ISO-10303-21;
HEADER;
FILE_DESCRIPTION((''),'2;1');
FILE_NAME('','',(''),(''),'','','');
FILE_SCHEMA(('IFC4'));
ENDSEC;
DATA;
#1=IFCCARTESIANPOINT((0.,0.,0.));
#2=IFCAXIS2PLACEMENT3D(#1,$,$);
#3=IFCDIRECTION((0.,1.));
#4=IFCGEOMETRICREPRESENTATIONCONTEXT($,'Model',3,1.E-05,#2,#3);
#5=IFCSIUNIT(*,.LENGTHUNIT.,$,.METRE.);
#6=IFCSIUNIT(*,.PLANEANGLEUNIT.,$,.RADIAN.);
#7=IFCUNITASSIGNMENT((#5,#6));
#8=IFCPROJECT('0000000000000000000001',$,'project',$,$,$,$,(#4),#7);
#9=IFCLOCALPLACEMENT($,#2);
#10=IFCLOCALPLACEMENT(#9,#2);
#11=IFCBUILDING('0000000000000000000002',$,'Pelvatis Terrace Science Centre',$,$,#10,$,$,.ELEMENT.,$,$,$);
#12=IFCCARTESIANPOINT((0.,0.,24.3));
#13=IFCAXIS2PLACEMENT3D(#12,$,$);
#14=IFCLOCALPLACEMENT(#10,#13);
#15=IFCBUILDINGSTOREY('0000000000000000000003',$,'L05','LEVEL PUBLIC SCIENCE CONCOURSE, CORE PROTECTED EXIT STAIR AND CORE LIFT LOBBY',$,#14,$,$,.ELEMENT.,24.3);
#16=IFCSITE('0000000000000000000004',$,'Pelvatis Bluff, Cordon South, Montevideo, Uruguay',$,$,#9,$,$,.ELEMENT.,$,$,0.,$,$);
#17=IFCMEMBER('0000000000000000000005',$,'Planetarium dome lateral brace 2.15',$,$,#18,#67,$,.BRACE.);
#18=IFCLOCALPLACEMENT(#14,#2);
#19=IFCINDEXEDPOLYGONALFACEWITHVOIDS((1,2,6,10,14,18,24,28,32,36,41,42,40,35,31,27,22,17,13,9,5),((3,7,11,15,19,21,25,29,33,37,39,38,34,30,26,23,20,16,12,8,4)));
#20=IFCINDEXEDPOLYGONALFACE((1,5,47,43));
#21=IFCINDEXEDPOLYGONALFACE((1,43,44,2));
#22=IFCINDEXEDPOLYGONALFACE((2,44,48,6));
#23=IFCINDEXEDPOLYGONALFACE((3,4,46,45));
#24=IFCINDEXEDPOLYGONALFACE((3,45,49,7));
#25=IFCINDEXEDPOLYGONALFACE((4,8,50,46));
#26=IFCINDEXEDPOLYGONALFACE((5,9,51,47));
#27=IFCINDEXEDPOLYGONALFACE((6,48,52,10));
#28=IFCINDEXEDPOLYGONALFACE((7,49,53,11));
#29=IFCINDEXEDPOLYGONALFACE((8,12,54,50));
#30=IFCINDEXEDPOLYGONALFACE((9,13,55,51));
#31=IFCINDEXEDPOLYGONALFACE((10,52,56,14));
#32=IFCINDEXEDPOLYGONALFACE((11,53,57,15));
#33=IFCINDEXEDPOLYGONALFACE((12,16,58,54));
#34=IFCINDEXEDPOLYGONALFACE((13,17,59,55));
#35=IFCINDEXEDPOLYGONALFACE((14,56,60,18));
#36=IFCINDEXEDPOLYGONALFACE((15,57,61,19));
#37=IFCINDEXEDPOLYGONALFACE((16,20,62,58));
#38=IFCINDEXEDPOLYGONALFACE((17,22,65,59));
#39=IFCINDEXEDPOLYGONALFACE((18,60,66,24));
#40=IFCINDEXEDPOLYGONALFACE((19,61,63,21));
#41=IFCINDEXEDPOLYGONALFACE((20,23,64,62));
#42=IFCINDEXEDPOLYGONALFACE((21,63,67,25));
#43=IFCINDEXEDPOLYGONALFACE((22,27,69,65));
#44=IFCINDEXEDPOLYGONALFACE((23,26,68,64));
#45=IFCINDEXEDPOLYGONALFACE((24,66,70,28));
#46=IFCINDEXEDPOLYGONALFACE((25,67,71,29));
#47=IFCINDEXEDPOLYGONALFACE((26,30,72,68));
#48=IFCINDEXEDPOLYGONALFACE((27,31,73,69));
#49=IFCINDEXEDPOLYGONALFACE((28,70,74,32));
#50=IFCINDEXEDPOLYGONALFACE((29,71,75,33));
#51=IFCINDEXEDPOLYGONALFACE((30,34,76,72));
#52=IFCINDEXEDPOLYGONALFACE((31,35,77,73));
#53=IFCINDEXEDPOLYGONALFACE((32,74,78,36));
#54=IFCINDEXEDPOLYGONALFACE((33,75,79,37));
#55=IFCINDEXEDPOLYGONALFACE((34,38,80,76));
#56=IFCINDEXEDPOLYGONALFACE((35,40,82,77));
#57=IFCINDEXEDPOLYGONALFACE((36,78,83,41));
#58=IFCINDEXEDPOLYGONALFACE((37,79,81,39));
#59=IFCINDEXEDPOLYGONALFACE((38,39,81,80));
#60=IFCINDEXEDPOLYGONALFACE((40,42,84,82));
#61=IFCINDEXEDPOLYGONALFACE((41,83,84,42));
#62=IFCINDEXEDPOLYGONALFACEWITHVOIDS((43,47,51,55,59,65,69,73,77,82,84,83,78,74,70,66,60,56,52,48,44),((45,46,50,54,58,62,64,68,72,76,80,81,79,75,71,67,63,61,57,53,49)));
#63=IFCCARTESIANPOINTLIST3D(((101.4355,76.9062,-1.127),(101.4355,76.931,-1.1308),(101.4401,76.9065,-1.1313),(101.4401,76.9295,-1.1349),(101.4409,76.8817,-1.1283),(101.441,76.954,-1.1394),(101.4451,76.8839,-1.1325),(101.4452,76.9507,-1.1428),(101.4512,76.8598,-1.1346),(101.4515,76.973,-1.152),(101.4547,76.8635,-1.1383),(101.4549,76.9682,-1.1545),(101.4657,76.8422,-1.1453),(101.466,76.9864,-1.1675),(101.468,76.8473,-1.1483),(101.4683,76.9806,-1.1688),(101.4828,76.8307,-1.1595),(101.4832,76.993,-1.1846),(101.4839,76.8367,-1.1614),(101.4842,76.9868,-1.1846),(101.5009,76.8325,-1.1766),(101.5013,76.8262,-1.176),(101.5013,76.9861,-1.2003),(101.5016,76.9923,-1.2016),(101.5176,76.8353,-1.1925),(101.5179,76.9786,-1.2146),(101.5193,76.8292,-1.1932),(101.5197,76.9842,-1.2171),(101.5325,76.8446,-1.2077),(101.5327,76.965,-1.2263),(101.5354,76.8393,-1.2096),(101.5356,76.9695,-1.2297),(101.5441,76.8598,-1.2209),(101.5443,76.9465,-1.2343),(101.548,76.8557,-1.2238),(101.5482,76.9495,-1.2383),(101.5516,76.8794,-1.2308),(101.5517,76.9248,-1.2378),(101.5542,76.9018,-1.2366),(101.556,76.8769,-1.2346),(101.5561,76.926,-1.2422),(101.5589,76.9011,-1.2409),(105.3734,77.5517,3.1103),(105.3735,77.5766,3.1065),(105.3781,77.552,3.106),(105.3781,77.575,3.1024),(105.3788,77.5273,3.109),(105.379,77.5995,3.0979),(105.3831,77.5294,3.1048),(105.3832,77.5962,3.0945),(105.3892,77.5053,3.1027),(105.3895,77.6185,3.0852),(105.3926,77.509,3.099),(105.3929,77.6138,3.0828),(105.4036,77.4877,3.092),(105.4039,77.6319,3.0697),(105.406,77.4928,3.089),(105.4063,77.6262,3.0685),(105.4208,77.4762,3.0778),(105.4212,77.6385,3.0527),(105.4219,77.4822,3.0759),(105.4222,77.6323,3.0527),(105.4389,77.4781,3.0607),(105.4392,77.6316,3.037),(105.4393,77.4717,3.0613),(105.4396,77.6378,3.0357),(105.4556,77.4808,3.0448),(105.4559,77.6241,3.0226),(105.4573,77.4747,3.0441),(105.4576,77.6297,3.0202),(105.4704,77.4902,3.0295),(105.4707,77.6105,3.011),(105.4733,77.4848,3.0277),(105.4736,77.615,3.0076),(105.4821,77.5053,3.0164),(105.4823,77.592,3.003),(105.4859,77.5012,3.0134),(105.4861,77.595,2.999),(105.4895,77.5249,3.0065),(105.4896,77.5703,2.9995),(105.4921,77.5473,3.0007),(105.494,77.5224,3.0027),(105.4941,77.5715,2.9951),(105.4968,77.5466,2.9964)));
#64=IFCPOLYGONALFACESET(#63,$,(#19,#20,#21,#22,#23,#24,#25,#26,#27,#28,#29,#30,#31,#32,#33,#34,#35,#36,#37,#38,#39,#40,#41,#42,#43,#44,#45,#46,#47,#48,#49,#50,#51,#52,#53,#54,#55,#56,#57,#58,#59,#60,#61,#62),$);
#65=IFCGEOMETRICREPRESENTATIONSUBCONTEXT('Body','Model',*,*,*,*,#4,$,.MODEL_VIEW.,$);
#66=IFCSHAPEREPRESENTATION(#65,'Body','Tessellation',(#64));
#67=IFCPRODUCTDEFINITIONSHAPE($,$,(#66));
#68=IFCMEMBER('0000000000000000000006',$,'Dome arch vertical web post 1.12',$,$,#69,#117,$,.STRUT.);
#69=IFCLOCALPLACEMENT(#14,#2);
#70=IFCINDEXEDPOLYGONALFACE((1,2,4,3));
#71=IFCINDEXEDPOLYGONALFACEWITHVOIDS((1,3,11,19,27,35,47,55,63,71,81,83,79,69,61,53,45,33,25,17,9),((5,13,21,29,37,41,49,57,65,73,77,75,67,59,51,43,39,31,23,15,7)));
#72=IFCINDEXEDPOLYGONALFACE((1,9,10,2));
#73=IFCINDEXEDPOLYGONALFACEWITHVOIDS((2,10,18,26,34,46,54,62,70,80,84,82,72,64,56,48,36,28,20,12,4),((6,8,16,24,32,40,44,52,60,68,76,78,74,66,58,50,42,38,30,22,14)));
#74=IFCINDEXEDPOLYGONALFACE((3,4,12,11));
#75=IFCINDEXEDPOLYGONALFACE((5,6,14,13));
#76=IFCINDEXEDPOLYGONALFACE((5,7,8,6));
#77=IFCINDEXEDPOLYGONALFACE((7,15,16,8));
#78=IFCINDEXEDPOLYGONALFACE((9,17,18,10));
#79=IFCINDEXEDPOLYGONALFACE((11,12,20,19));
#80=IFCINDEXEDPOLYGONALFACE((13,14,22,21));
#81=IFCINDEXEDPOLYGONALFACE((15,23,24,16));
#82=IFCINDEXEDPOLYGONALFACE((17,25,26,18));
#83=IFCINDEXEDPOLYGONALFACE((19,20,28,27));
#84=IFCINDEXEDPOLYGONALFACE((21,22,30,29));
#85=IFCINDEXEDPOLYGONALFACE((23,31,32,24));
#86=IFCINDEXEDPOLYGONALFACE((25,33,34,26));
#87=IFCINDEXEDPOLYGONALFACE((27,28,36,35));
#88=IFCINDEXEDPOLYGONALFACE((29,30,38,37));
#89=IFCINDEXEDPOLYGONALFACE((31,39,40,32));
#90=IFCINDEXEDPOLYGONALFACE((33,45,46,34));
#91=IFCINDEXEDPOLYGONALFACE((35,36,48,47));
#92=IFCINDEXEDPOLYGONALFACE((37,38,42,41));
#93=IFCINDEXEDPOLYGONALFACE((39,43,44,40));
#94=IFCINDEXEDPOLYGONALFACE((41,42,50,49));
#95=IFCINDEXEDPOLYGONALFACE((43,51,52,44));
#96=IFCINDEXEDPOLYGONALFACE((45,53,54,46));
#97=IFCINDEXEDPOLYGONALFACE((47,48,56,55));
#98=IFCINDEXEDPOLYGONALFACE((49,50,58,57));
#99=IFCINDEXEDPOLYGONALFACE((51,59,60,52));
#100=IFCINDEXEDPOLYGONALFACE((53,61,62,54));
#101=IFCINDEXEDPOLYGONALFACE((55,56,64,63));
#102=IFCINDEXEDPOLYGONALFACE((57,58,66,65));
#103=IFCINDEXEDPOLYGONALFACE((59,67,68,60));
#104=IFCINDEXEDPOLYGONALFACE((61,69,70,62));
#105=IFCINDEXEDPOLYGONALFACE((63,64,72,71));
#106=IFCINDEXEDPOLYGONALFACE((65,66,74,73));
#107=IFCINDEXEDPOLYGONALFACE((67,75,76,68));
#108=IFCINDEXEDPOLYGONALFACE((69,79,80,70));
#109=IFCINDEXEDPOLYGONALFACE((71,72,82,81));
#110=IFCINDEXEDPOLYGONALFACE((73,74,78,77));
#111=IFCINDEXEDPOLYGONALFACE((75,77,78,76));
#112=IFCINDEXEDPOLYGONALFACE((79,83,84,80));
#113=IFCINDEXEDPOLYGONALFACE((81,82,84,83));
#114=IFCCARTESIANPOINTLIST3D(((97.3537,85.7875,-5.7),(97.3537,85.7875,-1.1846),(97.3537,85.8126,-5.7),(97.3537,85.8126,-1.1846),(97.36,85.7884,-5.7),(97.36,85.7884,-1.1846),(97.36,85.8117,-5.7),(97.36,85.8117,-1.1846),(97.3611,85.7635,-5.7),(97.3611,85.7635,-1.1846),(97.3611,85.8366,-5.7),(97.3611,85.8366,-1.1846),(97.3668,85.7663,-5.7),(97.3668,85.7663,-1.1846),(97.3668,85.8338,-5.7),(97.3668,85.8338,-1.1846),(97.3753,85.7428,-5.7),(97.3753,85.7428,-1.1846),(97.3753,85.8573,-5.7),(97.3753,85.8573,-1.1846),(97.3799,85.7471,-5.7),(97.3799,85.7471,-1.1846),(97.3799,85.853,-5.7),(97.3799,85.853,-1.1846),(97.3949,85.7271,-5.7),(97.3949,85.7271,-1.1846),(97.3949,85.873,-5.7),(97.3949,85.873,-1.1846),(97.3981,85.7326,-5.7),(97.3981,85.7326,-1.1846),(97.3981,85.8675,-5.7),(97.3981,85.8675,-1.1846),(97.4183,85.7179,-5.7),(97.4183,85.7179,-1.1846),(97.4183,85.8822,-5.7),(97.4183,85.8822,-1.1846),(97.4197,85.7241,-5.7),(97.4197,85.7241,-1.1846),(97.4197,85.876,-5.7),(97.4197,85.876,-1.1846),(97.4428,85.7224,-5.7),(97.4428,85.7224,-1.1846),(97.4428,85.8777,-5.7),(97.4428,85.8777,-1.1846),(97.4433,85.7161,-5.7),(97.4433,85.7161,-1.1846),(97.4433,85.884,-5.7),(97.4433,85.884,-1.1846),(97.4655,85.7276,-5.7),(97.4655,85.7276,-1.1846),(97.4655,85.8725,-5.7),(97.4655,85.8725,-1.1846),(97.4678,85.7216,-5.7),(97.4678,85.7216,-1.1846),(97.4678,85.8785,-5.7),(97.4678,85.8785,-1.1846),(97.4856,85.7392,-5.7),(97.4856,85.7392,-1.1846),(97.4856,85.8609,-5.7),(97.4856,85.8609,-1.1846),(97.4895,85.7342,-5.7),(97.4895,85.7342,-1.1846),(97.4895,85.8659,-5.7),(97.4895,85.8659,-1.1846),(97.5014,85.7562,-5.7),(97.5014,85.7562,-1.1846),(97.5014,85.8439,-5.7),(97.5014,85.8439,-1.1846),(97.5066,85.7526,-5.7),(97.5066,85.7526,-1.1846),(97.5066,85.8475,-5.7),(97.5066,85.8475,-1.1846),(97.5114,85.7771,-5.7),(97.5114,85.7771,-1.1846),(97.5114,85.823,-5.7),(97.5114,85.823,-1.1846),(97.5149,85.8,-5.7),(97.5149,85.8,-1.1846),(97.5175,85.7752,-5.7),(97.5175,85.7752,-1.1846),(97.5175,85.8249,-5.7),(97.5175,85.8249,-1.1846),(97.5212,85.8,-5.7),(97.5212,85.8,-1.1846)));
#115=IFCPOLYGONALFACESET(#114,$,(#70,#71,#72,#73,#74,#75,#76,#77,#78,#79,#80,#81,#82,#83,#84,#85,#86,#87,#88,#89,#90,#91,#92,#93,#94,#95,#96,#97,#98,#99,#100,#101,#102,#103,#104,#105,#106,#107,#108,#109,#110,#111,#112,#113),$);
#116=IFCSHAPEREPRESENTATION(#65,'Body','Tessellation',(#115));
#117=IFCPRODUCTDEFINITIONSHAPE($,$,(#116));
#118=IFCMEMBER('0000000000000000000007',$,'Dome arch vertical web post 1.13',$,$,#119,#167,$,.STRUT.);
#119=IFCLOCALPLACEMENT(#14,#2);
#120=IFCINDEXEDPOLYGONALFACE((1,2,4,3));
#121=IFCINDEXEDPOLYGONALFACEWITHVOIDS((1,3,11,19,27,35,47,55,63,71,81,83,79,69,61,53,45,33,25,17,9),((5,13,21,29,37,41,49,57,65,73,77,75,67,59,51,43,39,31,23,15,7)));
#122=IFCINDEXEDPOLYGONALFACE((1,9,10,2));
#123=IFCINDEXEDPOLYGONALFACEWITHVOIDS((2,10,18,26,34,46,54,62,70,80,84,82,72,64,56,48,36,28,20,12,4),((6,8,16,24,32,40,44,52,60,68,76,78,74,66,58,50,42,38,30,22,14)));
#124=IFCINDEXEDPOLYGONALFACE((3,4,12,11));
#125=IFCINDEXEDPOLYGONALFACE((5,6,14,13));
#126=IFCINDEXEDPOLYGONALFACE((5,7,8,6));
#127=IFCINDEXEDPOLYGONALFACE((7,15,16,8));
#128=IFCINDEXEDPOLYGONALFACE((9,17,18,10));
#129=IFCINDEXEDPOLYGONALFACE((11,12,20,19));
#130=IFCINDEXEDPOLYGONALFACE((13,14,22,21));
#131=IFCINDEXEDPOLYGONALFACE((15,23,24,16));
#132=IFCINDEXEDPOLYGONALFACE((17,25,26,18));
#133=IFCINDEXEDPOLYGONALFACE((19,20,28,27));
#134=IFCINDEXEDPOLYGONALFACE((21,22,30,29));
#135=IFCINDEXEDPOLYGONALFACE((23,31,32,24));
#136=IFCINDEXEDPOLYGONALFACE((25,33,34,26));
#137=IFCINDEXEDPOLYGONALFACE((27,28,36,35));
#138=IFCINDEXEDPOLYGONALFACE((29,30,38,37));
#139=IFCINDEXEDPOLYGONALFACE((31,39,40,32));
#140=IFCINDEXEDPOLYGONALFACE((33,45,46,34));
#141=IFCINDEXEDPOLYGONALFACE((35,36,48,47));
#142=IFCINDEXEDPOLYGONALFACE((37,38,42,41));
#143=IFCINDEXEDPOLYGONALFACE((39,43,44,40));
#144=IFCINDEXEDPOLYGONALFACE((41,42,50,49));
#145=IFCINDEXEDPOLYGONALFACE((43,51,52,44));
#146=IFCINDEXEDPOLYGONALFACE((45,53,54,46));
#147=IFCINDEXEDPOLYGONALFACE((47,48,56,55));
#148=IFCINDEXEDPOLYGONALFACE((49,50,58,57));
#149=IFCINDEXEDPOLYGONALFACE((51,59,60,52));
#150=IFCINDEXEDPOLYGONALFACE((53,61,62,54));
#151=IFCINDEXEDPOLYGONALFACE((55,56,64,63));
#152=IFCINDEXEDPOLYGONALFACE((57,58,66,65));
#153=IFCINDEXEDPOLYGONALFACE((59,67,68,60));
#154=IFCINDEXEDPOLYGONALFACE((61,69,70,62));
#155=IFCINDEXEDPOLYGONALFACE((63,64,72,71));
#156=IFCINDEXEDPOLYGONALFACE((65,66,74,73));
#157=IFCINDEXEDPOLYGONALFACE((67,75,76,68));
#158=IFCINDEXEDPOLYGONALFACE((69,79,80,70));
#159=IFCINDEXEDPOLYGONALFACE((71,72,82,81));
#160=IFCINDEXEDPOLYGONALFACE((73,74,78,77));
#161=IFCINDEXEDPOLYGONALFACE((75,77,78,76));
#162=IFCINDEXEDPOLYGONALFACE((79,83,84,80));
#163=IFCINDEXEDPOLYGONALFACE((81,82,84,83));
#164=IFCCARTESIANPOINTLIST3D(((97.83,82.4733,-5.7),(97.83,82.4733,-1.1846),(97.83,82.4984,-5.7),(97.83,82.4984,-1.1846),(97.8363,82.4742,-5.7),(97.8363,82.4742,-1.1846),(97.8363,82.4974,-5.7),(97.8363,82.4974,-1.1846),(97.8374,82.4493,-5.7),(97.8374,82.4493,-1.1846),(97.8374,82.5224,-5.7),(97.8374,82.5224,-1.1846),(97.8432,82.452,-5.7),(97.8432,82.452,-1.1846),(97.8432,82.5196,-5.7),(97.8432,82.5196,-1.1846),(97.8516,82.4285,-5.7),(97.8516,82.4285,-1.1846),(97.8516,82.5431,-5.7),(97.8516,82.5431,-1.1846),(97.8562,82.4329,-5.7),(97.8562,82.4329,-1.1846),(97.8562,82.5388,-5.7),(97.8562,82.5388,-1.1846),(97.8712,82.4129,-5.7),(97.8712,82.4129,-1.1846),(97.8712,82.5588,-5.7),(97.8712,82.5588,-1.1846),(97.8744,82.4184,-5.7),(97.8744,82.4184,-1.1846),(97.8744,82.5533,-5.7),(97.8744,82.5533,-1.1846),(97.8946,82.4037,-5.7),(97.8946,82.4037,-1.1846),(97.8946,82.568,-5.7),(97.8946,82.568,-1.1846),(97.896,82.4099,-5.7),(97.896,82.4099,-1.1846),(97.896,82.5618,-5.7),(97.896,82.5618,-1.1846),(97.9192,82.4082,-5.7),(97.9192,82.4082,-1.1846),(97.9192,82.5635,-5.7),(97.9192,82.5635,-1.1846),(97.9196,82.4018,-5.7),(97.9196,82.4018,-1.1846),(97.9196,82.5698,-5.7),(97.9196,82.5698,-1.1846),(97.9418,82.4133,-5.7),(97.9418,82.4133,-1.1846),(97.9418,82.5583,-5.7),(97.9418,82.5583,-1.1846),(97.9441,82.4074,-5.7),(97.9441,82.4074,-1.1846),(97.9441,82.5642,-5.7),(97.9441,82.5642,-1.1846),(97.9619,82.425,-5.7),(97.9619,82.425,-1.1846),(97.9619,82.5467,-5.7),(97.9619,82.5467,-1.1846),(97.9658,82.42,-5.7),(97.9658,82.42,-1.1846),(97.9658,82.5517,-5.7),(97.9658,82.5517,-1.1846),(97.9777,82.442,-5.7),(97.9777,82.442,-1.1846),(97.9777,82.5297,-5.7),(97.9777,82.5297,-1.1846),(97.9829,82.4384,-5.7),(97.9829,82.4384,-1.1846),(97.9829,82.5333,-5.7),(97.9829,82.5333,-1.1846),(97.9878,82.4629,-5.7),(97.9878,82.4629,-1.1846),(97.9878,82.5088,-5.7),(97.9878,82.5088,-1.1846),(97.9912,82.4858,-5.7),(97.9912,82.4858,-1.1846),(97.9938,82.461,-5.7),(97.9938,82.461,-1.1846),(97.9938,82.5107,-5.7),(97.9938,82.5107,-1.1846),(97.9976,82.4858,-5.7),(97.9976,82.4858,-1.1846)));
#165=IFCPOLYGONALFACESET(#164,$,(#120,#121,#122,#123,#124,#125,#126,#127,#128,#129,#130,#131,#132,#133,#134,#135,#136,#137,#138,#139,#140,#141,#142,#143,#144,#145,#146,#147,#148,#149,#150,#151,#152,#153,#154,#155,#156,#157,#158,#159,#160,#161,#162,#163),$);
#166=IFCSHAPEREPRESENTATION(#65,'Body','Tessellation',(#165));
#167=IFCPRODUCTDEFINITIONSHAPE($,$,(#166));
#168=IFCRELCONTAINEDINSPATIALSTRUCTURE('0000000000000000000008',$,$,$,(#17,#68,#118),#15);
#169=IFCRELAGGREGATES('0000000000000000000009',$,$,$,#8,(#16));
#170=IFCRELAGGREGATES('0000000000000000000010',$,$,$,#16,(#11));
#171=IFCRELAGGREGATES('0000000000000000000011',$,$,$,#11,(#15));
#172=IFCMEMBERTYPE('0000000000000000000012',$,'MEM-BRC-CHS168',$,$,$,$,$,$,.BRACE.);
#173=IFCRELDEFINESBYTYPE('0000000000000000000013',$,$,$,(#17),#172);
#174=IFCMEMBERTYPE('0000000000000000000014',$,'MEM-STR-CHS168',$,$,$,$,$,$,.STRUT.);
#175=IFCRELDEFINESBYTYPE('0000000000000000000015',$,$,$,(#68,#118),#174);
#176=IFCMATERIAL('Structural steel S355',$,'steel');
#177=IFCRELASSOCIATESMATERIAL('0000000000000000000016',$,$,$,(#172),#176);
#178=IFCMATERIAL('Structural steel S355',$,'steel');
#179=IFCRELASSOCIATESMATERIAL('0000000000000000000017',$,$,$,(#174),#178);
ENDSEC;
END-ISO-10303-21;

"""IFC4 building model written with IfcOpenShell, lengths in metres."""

from ifc_helpers import new_model, si_unit, direction, frame, origin, origin_2d, place, context, subcontext, project, spatial, hollow_circle, extrude, material, material_profile, profile_set, type_object, element, save


model = new_model("IFC4")

# Units and contexts
model_context = context("Model", 3, precision=1e-05, world=origin(), true_north=direction((0.0, 1.0)))
body_context = subcontext(model_context, "Body", "Model", "MODEL_VIEW")
ifc_project = project(units=[si_unit("LENGTHUNIT", "METRE"), si_unit("PLANEANGLEUNIT", "RADIAN")], contexts=[model_context])

# Site, building, storey
site_placement = place(None, origin())
site = spatial("IfcSite", under=ifc_project, at=site_placement, Name="Pelvatis Bluff, Cordon South, Montevideo, Uruguay", CompositionType="ELEMENT", RefElevation=0.0)
building_placement = place(site_placement, origin())
building = spatial("IfcBuilding", under=site, at=building_placement, Name="Pelvatis Terrace Science Centre", CompositionType="ELEMENT")
storey_placement = place(building_placement, frame((0.0, 0.0, 24.3)))
storey = spatial("IfcBuildingStorey", under=building, at=storey_placement, Name="L05", Description="LEVEL PUBLIC SCIENCE CONCOURSE, CORE PROTECTED EXIT STAIR AND CORE LIFT LOBBY", CompositionType="ELEMENT", Elevation=24.3)

# Members
ifc_material_1 = material(Name="Structural steel S355", Category="steel")
ifc_material_profile_1 = material_profile(ifc_material_1, hollow_circle(Radius=0.0842, WallThickness=0.0063, at=origin_2d()), Name="CHS 168.3x6.3")
ifc_profile_set_1 = profile_set([ifc_material_profile_1], Name="Structural steel S355")
member_type_1 = type_object("IfcMemberType", Name="MEM-BRC-CHS168", PredefinedType="BRACE", material=ifc_profile_set_1)
for number, where, z_axis, x_axis, name in (
    (1, (101.4968, 76.9099, -1.1846), (0.676563, 0.110901, 0.727986), (-0.161759, 0.98683, 0.0), "Planetarium dome lateral brace 2.15"),
):
    element("IfcMember", number, at=place(storey_placement, frame(where, z_axis=z_axis, x_axis=x_axis)), inside=storey, type_object=member_type_1, Name=name, PredefinedType="BRACE", context=body_context, shape_type="SweptSolid", body=[
        extrude(hollow_circle(Radius=0.0842, WallThickness=0.0063, at=origin_2d()), origin(), (0.0, 0.0, 1.0), 5.8206),
    ])
ifc_material_2 = material(Name="Structural steel S355", Category="steel")
ifc_material_profile_2 = material_profile(ifc_material_2, hollow_circle(Radius=0.0842, WallThickness=0.0063, at=origin_2d()), Name="CHS 168.3x6.3")
ifc_profile_set_2 = profile_set([ifc_material_profile_2], Name="Structural steel S355")
member_type_2 = type_object("IfcMemberType", Name="MEM-STR-CHS168", PredefinedType="STRUT", material=ifc_profile_set_2)
for number, where, z_axis, x_axis, name in (
    (2, (97.437, 85.8, -5.7), (0.0, 0.0, 1.0), (1.0, 0.0, 0.0), "Dome arch vertical web post 1.12"),
    (3, (97.9133, 82.4858, -5.7), (0.0, 0.0, 1.0), (1.0, 0.0, 0.0), "Dome arch vertical web post 1.13"),
):
    element("IfcMember", number, at=place(storey_placement, frame(where, z_axis=z_axis, x_axis=x_axis)), inside=storey, type_object=member_type_2, Name=name, PredefinedType="STRUT", context=body_context, shape_type="SweptSolid", body=[
        extrude(hollow_circle(Radius=0.0842, WallThickness=0.0063, at=origin_2d()), origin(), (0.0, 0.0, 1.0), 4.5154),
    ])

save(model, "model.ifc")
